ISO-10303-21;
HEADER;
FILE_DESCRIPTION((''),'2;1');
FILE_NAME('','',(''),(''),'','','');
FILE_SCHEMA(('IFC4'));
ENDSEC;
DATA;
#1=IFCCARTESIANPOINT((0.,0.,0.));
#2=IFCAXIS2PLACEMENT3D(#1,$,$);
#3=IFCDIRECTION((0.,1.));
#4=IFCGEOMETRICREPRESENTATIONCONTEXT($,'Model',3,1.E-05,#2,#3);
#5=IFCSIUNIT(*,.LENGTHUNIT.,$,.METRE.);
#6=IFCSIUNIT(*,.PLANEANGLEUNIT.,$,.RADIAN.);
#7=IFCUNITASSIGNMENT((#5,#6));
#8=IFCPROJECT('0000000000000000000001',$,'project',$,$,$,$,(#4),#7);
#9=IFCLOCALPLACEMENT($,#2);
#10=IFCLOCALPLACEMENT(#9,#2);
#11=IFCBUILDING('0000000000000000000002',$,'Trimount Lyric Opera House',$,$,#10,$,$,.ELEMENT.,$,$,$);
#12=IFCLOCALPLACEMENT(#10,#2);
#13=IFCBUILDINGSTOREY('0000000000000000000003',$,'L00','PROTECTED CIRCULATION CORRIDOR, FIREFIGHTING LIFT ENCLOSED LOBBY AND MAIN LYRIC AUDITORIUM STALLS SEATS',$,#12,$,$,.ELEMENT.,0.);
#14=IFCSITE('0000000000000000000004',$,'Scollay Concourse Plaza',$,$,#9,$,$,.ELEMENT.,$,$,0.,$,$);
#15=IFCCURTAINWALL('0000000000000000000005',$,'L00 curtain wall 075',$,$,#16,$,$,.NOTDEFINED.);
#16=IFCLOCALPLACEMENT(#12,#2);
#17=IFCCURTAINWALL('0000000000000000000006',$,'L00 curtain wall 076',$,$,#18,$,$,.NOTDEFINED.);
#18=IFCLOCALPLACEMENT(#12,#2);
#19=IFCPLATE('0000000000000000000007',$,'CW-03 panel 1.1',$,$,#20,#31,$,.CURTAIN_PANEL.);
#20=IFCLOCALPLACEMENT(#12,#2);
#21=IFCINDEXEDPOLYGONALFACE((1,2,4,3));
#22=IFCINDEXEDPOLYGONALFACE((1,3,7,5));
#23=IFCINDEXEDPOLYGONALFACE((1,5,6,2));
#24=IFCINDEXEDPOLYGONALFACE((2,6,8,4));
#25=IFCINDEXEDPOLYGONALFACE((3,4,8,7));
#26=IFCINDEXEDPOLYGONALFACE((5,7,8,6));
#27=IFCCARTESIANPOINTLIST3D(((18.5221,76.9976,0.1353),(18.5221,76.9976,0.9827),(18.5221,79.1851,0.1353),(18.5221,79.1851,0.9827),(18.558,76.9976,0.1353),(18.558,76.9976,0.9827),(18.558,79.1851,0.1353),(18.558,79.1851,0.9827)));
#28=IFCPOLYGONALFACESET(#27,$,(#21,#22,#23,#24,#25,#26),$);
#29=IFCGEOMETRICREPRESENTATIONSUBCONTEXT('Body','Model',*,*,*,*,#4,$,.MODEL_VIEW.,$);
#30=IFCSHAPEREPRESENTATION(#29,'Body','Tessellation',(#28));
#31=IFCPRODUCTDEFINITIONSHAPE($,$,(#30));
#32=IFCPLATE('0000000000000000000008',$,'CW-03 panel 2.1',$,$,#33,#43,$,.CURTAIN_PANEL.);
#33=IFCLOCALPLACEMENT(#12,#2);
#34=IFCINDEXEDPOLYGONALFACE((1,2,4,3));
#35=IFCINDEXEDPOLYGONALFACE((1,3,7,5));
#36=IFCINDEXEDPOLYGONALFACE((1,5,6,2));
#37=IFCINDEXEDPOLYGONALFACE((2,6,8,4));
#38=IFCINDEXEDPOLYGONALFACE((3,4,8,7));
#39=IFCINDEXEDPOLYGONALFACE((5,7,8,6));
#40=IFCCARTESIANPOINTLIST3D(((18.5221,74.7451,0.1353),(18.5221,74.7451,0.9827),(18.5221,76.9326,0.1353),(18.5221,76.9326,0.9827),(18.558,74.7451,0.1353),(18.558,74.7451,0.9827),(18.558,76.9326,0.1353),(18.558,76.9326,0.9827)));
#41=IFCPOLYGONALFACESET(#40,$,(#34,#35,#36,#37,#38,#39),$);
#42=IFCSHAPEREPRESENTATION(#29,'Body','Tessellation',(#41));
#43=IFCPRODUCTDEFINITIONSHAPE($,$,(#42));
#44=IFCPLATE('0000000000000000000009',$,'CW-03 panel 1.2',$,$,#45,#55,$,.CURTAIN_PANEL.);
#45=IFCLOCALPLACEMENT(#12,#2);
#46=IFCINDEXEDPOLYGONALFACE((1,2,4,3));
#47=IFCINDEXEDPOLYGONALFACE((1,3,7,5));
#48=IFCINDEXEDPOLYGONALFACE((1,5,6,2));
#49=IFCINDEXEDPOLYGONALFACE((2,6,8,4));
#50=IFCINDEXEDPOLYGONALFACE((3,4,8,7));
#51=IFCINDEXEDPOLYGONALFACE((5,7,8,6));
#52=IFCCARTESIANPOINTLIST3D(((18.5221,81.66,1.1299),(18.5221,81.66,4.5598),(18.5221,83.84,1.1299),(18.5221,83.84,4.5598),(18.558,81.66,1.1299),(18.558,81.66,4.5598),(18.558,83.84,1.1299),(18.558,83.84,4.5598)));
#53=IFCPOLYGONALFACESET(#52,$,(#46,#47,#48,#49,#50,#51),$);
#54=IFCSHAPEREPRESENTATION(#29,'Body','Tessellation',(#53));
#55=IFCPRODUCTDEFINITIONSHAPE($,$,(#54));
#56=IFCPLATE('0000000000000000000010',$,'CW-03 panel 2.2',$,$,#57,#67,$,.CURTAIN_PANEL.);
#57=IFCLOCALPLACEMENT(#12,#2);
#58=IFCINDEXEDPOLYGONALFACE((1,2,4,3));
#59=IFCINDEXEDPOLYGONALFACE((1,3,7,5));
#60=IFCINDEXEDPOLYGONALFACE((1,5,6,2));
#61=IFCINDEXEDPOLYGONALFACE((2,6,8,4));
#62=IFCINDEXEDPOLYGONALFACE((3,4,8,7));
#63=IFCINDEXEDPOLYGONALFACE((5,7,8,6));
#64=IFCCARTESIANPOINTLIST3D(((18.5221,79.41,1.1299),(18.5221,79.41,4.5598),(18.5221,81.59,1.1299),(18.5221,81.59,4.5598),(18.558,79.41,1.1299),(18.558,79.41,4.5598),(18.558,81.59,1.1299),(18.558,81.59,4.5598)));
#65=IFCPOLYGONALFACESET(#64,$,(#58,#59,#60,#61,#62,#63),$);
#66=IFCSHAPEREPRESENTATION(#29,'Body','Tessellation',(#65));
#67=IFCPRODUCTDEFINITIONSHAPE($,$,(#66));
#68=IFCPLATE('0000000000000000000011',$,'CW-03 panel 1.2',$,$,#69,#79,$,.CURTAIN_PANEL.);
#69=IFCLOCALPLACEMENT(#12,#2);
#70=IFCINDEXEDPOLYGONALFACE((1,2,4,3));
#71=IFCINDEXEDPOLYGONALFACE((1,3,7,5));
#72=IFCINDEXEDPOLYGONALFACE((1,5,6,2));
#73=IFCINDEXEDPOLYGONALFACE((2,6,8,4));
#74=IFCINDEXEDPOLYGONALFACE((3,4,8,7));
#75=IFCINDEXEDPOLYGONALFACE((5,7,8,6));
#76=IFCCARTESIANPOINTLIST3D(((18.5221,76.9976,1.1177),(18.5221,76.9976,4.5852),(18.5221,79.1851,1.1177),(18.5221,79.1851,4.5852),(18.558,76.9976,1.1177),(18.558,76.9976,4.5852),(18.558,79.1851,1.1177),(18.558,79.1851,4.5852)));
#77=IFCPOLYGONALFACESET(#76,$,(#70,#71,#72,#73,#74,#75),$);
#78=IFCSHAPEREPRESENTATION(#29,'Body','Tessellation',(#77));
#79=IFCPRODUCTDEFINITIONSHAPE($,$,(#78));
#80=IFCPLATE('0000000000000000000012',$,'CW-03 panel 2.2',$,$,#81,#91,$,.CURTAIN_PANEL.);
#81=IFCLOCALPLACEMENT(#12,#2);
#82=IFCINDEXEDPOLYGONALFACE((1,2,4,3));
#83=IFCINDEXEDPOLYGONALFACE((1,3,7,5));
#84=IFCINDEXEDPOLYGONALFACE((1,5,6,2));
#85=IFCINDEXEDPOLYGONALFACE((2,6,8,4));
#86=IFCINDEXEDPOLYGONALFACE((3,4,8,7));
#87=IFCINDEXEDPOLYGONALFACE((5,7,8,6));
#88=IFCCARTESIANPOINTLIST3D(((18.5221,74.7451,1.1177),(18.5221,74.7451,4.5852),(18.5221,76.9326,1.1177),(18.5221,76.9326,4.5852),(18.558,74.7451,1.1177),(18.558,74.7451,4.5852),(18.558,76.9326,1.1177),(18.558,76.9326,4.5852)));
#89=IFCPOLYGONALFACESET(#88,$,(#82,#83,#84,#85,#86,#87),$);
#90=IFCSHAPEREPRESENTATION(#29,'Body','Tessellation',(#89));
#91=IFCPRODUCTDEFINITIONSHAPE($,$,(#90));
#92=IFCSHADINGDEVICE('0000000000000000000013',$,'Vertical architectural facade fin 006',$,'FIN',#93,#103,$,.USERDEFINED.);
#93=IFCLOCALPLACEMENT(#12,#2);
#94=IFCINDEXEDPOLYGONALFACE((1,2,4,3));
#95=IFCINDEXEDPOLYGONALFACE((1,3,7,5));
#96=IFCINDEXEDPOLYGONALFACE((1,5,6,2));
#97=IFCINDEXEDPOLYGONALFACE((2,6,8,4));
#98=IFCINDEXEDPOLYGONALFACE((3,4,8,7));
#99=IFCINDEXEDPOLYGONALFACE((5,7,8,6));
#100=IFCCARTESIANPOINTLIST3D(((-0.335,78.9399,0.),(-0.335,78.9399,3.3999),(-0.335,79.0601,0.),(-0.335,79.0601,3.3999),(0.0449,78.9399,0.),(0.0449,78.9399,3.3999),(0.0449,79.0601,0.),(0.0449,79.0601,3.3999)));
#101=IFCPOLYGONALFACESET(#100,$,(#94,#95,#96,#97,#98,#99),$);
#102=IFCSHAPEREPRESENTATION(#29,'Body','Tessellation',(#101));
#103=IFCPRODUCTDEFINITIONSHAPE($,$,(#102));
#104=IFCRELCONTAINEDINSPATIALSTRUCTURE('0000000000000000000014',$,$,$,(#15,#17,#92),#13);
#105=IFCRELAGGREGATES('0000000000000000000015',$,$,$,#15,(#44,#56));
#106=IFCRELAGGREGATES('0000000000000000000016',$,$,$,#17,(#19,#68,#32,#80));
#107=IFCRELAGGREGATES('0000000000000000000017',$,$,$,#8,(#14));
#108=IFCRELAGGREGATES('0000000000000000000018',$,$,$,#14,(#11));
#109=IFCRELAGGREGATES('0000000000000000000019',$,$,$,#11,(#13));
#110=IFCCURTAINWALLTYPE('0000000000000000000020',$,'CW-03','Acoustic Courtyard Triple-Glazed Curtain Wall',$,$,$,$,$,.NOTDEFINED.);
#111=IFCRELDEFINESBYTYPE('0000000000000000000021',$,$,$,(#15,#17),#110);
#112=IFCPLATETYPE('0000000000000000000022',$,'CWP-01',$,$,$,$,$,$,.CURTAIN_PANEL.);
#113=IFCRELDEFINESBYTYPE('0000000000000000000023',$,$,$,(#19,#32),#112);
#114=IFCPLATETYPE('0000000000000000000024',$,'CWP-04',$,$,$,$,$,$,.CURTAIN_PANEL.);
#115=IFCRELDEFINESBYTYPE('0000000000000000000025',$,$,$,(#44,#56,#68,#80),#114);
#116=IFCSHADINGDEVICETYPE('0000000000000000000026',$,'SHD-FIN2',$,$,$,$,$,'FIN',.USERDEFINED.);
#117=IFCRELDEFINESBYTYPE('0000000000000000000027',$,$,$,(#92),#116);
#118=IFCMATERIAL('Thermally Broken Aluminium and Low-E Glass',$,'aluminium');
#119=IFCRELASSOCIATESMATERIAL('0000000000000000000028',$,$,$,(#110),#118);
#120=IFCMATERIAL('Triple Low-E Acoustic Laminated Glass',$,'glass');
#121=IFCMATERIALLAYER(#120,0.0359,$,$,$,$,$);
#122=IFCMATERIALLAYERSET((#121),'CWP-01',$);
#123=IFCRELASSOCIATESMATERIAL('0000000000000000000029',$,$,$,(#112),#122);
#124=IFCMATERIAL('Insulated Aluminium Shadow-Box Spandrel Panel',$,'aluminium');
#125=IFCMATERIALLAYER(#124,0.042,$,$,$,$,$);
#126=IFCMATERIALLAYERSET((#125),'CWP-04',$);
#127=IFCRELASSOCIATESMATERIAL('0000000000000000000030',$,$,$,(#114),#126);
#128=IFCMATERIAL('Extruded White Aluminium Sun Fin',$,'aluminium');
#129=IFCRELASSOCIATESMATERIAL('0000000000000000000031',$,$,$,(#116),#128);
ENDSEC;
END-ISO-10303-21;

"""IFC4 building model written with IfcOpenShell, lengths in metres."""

from ifc_helpers import new_model, si_unit, direction, frame, origin, origin_2d, place, context, subcontext, project, spatial, rectangle, extrude, material, layer, layer_set, type_object, element, aggregate, save


model = new_model("IFC4")

# Units and contexts
model_context = context("Model", 3, precision=1e-05, world=origin(), true_north=direction((0.0, 1.0)))
body_context = subcontext(model_context, "Body", "Model", "MODEL_VIEW")
ifc_project = project(units=[si_unit("LENGTHUNIT", "METRE"), si_unit("PLANEANGLEUNIT", "RADIAN")], contexts=[model_context])

# Site, building, storey
site_placement = place(None, origin())
site = spatial("IfcSite", under=ifc_project, at=site_placement, Name="Scollay Concourse Plaza", CompositionType="ELEMENT", RefElevation=0.0)
building_placement = place(site_placement, origin())
building = spatial("IfcBuilding", under=site, at=building_placement, Name="Trimount Lyric Opera House", CompositionType="ELEMENT")
storey_placement = place(building_placement, origin())
storey = spatial("IfcBuildingStorey", under=building, at=storey_placement, Name="L00", Description="PROTECTED CIRCULATION CORRIDOR, FIREFIGHTING LIFT ENCLOSED LOBBY AND MAIN LYRIC AUDITORIUM STALLS SEATS", CompositionType="ELEMENT", Elevation=0.0)

# Curtain walls
ifc_material_1 = material(Name="Thermally Broken Aluminium and Low-E Glass", Category="aluminium")
curtain_wall_type = type_object("IfcCurtainWallType", Name="CW-03", Description="Acoustic Courtyard Triple-Glazed Curtain Wall", PredefinedType="NOTDEFINED", material=ifc_material_1)
curtain_wall_1_placement = place(storey_placement, origin())
curtain_wall_1 = element("IfcCurtainWall", 1, at=curtain_wall_1_placement, inside=storey, type_object=curtain_wall_type, Name="L00 curtain wall 075", PredefinedType="NOTDEFINED")
curtain_wall_2_placement = place(storey_placement, origin())
curtain_wall_2 = element("IfcCurtainWall", 2, at=curtain_wall_2_placement, inside=storey, type_object=curtain_wall_type, Name="L00 curtain wall 076", PredefinedType="NOTDEFINED")

# Plates
ifc_material_2 = material(Name="Triple Low-E Acoustic Laminated Glass", Category="glass")
ifc_layer_1 = layer(ifc_material_2, 0.0359)
ifc_layer_set_1 = layer_set([ifc_layer_1], Name="CWP-01")
plate_type_1 = type_object("IfcPlateType", Name="CWP-01", PredefinedType="CURTAIN_PANEL", material=ifc_layer_set_1)
plate_1_placement = place(storey_placement, frame((18.54, 78.0913, 0.1353), z_axis=(0.0, 0.0, 1.0), x_axis=(0.0, -1.0, 0.0)))
plate_1 = element("IfcPlate", 3, at=plate_1_placement, type_object=plate_type_1, Name="CW-03 panel 1.1", PredefinedType="CURTAIN_PANEL", context=body_context, shape_type="SweptSolid", body=[
    extrude(rectangle(XDim=2.1875, YDim=0.0359, at=origin_2d()), origin(), (0.0, 0.0, 1.0), 0.8474),
])
plate_2_placement = place(storey_placement, frame((18.54, 75.8389, 0.1353), z_axis=(0.0, 0.0, 1.0), x_axis=(0.0, -1.0, 0.0)))
plate_2 = element("IfcPlate", 4, at=plate_2_placement, type_object=plate_type_1, Name="CW-03 panel 2.1", PredefinedType="CURTAIN_PANEL", context=body_context, shape_type="SweptSolid", body=[
    extrude(rectangle(XDim=2.1875, YDim=0.0359, at=origin_2d()), origin(), (0.0, 0.0, 1.0), 0.8474),
])
ifc_material_3 = material(Name="Insulated Aluminium Shadow-Box Spandrel Panel", Category="aluminium")
ifc_layer_2 = layer(ifc_material_3, 0.042)
ifc_layer_set_2 = layer_set([ifc_layer_2], Name="CWP-04")
plate_type_2 = type_object("IfcPlateType", Name="CWP-04", PredefinedType="CURTAIN_PANEL", material=ifc_layer_set_2)
plate_3_placement = place(storey_placement, frame((18.54, 82.75, 1.1299), z_axis=(0.0, 0.0, 1.0), x_axis=(0.0, -1.0, 0.0)))
plate_3 = element("IfcPlate", 5, at=plate_3_placement, type_object=plate_type_2, Name="CW-03 panel 1.2", PredefinedType="CURTAIN_PANEL", context=body_context, shape_type="SweptSolid", body=[
    extrude(rectangle(XDim=2.1799, YDim=0.0359, at=origin_2d()), origin(), (0.0, 0.0, 1.0), 3.4299),
])
plate_4_placement = place(storey_placement, frame((18.54, 80.5, 1.1299), z_axis=(0.0, 0.0, 1.0), x_axis=(0.0, -1.0, 0.0)))
plate_4 = element("IfcPlate", 6, at=plate_4_placement, type_object=plate_type_2, Name="CW-03 panel 2.2", PredefinedType="CURTAIN_PANEL", context=body_context, shape_type="SweptSolid", body=[
    extrude(rectangle(XDim=2.1799, YDim=0.0359, at=origin_2d()), origin(), (0.0, 0.0, 1.0), 3.4299),
])
aggregate(curtain_wall_1, [plate_3, plate_4])
plate_5_placement = place(storey_placement, frame((18.54, 78.0913, 1.1177), z_axis=(0.0, 0.0, 1.0), x_axis=(0.0, -1.0, 0.0)))
plate_5 = element("IfcPlate", 7, at=plate_5_placement, type_object=plate_type_2, Name="CW-03 panel 1.2", PredefinedType="CURTAIN_PANEL", context=body_context, shape_type="SweptSolid", body=[
    extrude(rectangle(XDim=2.1875, YDim=0.0359, at=origin_2d()), origin(), (0.0, 0.0, 1.0), 3.4675),
])
plate_6_placement = place(storey_placement, frame((18.54, 75.8389, 1.1177), z_axis=(0.0, 0.0, 1.0), x_axis=(0.0, -1.0, 0.0)))
plate_6 = element("IfcPlate", 8, at=plate_6_placement, type_object=plate_type_2, Name="CW-03 panel 2.2", PredefinedType="CURTAIN_PANEL", context=body_context, shape_type="SweptSolid", body=[
    extrude(rectangle(XDim=2.1875, YDim=0.0359, at=origin_2d()), origin(), (0.0, 0.0, 1.0), 3.4675),
])
aggregate(curtain_wall_2, [plate_1, plate_5, plate_2, plate_6])

# Shading device
ifc_material_4 = material(Name="Extruded White Aluminium Sun Fin", Category="aluminium")
shading_device_type = type_object("IfcShadingDeviceType", Name="SHD-FIN2", ElementType="FIN", PredefinedType="USERDEFINED", material=ifc_material_4)
shading_device_placement = place(storey_placement, frame((-0.145, 79.0, 0.0), z_axis=(0.0, 0.0, 1.0), x_axis=(1.0, 0.0, 0.0)))
element("IfcShadingDevice", 9, at=shading_device_placement, inside=storey, type_object=shading_device_type, Name="Vertical architectural facade fin 006", ObjectType="FIN", PredefinedType="USERDEFINED", context=body_context, shape_type="SweptSolid", body=[
    extrude(rectangle(XDim=0.3799, YDim=0.1201, at=origin_2d()), origin(), (0.0, 0.0, 1.0), 3.3999),
])

save(model, "model.ifc")
